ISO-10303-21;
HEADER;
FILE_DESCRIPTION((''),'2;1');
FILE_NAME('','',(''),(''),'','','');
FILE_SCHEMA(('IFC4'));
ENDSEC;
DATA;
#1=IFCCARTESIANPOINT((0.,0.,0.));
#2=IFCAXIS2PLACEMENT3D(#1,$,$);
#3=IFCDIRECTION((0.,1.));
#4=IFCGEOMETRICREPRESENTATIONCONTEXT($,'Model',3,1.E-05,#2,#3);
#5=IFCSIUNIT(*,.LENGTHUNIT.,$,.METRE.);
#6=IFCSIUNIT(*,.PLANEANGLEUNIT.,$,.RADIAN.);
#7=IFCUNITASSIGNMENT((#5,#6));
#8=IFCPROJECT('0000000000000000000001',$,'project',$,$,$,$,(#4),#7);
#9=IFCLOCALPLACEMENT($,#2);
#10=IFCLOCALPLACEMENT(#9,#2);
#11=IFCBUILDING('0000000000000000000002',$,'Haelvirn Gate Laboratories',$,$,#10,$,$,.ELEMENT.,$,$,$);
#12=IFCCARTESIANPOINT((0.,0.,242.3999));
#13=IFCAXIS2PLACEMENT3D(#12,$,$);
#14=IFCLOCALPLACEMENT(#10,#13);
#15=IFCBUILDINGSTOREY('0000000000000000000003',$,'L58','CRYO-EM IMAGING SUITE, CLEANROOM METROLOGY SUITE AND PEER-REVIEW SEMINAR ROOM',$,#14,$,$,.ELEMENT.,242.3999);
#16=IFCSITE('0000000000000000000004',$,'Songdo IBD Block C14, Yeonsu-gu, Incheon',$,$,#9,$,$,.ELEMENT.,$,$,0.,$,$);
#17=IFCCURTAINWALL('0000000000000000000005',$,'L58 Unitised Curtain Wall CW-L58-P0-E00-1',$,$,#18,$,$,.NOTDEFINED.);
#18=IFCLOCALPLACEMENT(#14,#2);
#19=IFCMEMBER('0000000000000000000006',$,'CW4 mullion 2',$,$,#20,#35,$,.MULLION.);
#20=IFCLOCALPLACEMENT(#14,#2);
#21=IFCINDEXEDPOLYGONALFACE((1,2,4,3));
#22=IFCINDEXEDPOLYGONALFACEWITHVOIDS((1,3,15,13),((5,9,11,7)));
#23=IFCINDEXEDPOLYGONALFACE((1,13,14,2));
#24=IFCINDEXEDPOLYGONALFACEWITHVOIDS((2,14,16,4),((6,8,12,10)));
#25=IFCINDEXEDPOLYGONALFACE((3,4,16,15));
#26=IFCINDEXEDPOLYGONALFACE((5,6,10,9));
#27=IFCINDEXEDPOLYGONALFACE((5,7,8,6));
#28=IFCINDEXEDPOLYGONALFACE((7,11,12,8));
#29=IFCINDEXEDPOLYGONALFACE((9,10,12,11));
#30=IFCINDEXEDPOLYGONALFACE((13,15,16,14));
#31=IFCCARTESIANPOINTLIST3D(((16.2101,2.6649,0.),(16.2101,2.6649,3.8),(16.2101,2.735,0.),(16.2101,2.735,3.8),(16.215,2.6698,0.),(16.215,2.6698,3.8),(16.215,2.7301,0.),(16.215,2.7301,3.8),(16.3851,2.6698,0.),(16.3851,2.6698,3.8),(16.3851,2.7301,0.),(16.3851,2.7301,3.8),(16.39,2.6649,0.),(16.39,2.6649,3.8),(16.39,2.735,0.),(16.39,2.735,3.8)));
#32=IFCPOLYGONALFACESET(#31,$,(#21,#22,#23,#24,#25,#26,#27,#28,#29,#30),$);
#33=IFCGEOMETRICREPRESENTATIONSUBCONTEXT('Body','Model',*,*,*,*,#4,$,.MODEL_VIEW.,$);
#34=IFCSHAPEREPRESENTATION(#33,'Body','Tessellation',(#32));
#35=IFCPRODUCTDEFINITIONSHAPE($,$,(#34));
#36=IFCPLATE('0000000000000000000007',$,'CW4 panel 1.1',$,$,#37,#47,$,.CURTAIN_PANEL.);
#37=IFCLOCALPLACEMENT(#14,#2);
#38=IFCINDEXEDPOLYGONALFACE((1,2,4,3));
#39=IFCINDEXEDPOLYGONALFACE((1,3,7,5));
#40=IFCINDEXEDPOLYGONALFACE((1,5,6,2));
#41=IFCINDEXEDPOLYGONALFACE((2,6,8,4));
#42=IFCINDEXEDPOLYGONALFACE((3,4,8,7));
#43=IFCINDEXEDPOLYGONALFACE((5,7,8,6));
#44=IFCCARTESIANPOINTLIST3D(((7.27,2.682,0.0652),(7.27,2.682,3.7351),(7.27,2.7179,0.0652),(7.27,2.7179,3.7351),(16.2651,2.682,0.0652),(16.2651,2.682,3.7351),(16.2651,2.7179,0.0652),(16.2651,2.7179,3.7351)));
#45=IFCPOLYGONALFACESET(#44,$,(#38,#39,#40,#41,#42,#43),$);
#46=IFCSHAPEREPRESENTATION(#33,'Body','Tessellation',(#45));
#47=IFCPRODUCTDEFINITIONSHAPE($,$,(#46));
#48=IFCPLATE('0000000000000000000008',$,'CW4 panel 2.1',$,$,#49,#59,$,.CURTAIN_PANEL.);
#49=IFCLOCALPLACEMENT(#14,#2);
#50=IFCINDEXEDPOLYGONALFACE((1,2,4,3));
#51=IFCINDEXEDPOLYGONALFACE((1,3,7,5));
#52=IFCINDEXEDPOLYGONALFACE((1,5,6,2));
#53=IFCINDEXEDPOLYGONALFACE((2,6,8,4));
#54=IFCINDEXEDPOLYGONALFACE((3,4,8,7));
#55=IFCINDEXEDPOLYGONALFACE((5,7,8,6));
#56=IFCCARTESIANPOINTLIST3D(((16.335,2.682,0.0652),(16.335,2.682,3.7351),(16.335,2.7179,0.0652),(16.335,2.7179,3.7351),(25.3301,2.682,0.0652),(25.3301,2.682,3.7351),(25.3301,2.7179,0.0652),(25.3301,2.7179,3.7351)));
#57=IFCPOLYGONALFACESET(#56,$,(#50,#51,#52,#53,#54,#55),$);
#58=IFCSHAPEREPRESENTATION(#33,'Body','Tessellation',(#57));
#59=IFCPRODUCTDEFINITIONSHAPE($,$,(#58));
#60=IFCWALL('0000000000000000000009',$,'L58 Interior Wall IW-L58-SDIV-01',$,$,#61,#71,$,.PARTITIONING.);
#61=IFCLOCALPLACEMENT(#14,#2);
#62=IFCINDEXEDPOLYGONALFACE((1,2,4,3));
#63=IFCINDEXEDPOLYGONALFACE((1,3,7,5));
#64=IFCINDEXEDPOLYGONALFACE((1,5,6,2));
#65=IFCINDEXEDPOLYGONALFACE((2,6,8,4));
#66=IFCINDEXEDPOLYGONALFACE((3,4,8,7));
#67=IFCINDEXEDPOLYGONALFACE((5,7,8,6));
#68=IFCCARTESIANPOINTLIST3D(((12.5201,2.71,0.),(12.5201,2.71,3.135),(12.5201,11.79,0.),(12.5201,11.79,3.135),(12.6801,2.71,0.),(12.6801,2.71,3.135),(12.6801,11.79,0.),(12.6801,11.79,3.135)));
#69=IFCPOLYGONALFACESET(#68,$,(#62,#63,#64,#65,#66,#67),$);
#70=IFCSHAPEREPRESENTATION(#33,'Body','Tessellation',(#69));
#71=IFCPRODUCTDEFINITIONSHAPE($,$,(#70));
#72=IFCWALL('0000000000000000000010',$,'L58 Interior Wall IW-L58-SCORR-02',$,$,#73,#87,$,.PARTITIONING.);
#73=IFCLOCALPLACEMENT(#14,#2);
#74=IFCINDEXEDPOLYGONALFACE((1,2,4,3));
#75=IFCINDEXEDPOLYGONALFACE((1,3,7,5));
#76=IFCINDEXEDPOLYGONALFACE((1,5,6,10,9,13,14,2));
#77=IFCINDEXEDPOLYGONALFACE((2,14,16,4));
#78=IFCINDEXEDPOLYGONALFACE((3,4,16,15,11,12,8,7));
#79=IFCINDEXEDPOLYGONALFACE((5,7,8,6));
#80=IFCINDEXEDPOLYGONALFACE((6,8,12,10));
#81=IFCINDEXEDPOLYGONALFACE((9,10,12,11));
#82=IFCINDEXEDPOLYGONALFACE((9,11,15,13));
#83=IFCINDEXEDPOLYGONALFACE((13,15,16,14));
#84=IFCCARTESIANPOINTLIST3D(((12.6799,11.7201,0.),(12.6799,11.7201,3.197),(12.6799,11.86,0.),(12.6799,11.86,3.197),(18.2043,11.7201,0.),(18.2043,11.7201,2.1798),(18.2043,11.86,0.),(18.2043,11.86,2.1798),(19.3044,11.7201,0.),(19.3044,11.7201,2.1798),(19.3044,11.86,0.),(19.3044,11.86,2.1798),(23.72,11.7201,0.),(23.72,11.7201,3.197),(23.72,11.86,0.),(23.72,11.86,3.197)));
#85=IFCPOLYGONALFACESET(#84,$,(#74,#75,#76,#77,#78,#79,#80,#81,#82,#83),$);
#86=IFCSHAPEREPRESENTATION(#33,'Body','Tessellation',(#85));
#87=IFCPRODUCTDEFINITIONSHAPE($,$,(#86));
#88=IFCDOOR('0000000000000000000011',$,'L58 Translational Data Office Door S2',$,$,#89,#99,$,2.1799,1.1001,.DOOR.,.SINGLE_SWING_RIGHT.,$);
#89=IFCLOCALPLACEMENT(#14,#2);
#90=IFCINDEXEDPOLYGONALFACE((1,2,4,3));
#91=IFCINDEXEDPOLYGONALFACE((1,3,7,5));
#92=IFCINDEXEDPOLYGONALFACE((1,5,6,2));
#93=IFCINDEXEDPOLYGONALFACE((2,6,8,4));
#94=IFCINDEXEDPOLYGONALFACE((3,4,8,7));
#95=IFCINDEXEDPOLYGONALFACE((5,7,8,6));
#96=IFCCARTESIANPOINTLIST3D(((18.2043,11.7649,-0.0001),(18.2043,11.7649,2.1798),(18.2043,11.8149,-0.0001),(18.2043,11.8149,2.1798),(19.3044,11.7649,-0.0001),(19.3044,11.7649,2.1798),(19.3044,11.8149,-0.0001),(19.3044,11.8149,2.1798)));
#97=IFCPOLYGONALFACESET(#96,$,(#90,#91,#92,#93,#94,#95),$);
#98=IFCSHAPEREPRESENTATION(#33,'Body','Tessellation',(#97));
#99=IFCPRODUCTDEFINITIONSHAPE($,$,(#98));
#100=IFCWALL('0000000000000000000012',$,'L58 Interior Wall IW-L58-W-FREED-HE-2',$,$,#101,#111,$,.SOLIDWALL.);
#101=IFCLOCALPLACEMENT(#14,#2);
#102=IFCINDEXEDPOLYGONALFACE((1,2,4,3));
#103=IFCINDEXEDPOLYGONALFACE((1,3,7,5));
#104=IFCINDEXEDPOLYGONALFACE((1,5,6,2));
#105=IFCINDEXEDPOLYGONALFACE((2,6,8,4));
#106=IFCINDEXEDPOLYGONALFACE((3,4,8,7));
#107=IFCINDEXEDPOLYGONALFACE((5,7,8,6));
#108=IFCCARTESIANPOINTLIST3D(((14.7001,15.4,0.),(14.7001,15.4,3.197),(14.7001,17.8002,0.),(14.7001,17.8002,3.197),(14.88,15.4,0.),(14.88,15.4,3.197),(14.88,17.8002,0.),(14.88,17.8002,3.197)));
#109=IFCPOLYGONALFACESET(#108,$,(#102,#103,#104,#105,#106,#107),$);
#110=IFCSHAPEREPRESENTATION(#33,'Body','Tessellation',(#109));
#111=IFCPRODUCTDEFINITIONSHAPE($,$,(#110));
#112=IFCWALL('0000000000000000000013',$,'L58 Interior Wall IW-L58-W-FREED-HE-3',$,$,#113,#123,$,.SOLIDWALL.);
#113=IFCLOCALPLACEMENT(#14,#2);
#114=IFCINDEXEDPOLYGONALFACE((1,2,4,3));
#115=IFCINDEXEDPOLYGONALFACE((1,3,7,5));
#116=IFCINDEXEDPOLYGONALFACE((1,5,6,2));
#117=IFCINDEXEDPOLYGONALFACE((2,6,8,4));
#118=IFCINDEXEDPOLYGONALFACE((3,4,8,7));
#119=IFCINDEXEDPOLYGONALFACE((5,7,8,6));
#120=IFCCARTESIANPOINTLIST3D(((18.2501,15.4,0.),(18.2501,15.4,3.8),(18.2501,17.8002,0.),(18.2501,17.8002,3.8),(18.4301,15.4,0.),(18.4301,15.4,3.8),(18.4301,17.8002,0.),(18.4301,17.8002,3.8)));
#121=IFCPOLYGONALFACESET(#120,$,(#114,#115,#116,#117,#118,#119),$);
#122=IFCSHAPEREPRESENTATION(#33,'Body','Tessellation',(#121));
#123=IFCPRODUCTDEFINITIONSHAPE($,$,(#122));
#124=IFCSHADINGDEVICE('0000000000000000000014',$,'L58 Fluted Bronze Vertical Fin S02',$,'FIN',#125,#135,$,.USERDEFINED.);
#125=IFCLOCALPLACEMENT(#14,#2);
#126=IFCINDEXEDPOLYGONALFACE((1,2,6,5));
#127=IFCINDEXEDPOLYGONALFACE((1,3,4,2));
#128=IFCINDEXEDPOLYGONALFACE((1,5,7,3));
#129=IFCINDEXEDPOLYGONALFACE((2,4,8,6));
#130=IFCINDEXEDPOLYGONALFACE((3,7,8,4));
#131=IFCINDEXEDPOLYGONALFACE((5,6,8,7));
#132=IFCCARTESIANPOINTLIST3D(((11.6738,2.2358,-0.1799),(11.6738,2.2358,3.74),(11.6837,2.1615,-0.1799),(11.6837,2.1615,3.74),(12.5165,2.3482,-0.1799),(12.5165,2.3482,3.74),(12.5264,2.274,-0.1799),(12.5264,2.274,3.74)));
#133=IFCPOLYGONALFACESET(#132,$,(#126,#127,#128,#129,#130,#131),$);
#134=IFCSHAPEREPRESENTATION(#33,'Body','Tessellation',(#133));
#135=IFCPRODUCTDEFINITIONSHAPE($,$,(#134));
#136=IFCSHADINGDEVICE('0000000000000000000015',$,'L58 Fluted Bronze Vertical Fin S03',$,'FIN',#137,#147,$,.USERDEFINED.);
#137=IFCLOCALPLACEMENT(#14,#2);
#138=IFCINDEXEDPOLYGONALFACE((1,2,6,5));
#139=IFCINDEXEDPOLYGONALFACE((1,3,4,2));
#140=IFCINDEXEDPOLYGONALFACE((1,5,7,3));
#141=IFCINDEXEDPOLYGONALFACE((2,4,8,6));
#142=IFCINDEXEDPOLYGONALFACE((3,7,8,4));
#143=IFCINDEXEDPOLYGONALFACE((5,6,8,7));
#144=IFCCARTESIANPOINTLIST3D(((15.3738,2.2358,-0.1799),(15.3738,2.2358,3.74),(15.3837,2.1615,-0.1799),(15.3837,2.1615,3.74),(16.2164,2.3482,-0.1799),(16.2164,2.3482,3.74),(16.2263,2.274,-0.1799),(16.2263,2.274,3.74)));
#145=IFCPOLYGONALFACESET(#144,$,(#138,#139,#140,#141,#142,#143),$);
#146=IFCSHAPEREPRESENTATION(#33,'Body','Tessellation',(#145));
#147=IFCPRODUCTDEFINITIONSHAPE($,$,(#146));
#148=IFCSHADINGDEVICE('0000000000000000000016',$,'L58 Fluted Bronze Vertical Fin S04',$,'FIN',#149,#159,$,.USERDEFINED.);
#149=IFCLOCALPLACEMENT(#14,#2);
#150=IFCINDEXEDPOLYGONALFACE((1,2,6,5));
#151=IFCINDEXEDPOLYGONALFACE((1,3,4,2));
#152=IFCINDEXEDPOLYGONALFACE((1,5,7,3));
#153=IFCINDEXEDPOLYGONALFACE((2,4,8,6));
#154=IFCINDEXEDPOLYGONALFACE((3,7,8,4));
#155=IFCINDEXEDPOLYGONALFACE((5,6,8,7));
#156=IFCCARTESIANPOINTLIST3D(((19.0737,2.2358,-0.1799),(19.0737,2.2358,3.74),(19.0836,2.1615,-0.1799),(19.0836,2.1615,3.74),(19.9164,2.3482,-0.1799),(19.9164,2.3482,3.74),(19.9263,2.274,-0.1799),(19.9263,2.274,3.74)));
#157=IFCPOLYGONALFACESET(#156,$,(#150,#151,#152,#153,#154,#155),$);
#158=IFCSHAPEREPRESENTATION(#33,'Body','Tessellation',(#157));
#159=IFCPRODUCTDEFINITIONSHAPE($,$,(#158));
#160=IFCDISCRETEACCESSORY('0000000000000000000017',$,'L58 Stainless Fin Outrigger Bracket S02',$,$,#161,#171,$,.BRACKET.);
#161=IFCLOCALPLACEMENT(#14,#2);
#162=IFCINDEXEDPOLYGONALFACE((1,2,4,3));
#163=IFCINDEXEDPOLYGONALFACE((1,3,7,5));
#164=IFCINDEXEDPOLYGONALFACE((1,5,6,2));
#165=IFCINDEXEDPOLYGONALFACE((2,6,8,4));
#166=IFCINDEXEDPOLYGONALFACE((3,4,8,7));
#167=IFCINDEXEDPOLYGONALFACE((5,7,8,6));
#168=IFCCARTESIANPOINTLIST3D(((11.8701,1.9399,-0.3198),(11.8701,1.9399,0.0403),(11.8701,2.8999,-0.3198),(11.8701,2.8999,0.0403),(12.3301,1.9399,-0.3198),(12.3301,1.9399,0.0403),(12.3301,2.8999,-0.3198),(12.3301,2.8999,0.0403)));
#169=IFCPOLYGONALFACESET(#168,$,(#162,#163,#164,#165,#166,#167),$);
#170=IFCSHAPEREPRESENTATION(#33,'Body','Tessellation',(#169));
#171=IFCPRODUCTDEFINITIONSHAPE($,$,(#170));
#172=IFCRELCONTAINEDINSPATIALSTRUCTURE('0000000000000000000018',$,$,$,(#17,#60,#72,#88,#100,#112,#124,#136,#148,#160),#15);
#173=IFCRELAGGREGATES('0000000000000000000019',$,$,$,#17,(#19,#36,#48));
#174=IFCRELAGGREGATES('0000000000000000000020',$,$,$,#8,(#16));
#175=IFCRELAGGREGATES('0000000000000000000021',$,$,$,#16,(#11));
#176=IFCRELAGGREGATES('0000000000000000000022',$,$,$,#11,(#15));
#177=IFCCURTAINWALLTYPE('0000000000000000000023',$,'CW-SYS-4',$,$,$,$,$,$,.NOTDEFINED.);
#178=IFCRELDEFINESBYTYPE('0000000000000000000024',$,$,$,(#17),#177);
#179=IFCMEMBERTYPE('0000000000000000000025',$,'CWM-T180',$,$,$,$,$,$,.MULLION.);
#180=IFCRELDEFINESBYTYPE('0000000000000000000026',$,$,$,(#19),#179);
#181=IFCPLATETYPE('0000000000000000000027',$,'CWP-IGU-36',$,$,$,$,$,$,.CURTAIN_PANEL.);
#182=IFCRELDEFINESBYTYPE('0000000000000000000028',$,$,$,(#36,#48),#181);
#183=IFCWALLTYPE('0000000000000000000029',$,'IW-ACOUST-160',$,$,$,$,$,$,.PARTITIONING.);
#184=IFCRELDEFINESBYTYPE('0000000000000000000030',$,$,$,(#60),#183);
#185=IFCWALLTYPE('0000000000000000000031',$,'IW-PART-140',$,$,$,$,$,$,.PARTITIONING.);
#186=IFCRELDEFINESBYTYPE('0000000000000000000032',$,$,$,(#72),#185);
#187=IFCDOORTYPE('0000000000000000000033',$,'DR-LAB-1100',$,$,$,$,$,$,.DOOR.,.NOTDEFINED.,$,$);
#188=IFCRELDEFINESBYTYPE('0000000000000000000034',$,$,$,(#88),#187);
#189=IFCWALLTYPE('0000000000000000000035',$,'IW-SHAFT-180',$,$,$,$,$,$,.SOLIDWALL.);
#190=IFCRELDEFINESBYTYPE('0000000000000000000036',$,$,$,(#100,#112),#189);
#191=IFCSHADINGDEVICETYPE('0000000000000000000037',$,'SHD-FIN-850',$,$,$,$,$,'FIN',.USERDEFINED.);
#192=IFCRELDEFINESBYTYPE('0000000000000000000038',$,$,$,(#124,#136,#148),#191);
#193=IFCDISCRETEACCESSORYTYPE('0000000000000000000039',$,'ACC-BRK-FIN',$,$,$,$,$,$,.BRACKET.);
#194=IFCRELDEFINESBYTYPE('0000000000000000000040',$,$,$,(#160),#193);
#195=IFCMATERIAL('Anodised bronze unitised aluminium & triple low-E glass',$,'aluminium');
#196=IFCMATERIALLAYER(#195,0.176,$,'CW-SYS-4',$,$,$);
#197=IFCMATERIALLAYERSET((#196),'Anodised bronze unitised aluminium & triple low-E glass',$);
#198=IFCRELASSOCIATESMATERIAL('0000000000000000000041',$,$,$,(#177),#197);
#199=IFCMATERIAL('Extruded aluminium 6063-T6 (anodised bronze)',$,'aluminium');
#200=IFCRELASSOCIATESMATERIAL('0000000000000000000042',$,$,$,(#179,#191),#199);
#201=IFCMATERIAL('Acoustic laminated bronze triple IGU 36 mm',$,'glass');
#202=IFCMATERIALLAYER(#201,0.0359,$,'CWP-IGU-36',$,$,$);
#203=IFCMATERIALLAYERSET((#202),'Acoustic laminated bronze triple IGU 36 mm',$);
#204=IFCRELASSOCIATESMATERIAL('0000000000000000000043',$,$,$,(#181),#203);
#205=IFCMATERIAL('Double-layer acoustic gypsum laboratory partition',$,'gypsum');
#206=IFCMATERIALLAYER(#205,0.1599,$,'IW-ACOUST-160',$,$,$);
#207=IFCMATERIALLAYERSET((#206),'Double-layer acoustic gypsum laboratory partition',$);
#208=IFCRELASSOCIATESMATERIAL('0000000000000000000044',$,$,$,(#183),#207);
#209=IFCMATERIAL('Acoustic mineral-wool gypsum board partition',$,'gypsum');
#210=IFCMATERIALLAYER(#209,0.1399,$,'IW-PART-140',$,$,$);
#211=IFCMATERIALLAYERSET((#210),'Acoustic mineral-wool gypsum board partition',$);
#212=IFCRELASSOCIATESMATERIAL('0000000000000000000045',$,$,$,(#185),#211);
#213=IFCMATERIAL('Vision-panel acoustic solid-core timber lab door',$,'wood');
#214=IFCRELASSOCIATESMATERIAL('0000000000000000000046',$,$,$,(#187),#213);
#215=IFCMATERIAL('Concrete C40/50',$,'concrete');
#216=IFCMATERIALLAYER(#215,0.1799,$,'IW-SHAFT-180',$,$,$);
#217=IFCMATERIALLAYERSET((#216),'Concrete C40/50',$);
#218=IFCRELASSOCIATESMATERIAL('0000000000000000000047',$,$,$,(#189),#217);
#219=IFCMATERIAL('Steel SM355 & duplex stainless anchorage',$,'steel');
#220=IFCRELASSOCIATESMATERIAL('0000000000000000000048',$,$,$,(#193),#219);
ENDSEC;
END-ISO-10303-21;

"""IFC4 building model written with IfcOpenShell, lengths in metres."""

from ifc_helpers import new_model, si_unit, direction, frame, frame_2d, origin, origin_2d, place, context, subcontext, project, spatial, rectangle, hollow_rectangle, extrude, source, transform, mapped, material, layer, layer_set, material_profile, profile_set, type_object, type_shapes, element, fill, aggregate, save


model = new_model("IFC4")

# Units and contexts
model_context = context("Model", 3, precision=1e-05, world=origin(), true_north=direction((0.0, 1.0)))
body_context = subcontext(model_context, "Body", "Model", "MODEL_VIEW")
ifc_project = project(units=[si_unit("LENGTHUNIT", "METRE"), si_unit("PLANEANGLEUNIT", "RADIAN")], contexts=[model_context])

# Site, building, storey
site_placement = place(None, origin())
site = spatial("IfcSite", under=ifc_project, at=site_placement, Name="Songdo IBD Block C14, Yeonsu-gu, Incheon", CompositionType="ELEMENT", RefElevation=0.0)
building_placement = place(site_placement, origin())
building = spatial("IfcBuilding", under=site, at=building_placement, Name="Haelvirn Gate Laboratories", CompositionType="ELEMENT")
storey_placement = place(building_placement, frame((0.0, 0.0, 242.3999)))
storey = spatial("IfcBuildingStorey", under=building, at=storey_placement, Name="L58", Description="CRYO-EM IMAGING SUITE, CLEANROOM METROLOGY SUITE AND PEER-REVIEW SEMINAR ROOM", CompositionType="ELEMENT", Elevation=242.3999)

# Curtain wall, member, plates
ifc_material_1 = material(Name="Anodised bronze unitised aluminium & triple low-E glass", Category="aluminium")
ifc_layer_1 = layer(ifc_material_1, 0.176, Name="CW-SYS-4")
ifc_layer_set_1 = layer_set([ifc_layer_1], Name="Anodised bronze unitised aluminium & triple low-E glass")
curtain_wall_type = type_object("IfcCurtainWallType", Name="CW-SYS-4", PredefinedType="NOTDEFINED", material=ifc_layer_set_1)
curtain_wall_placement = place(storey_placement, origin())
curtain_wall = element("IfcCurtainWall", 1, at=curtain_wall_placement, inside=storey, type_object=curtain_wall_type, Name="L58 Unitised Curtain Wall CW-L58-P0-E00-1", PredefinedType="NOTDEFINED")
ifc_material_2 = material(Name="Extruded aluminium 6063-T6 (anodised bronze)", Category="aluminium")
ifc_material_profile_1 = material_profile(ifc_material_2, hollow_rectangle(XDim=0.0701, YDim=0.1799, WallThickness=0.0049, at=origin_2d()), Name="CWM-180x70x5")
ifc_profile_set_1 = profile_set([ifc_material_profile_1], Name="Extruded aluminium 6063-T6 (anodised bronze)")
member_type_1 = type_object("IfcMemberType", Name="CWM-T180", PredefinedType="MULLION", material=ifc_profile_set_1)
shared_shape_1 = source(origin(), body_context, "Body", "SweptSolid", [
    extrude(hollow_rectangle(XDim=0.0701, YDim=0.1799, WallThickness=0.0049, at=origin_2d()), origin(), (0.0, 0.0, 1.0), 3.8),
])
type_shapes(member_type_1, [shared_shape_1])
member_1_placement = place(storey_placement, frame((16.3, 2.7, 0.0), z_axis=(0.0, 0.0, 1.0), x_axis=(0.0, 1.0, 0.0)))
member_1 = element("IfcMember", 2, at=member_1_placement, type_object=member_type_1, Name="CW4 mullion 2", PredefinedType="MULLION", context=body_context, shape_type="MappedRepresentation", body=[
    mapped(shared_shape_1, transform((0.0, 0.0, 0.0), scale=1.0)),
])
ifc_material_3 = material(Name="Acoustic laminated bronze triple IGU 36 mm", Category="glass")
ifc_layer_2 = layer(ifc_material_3, 0.0359, Name="CWP-IGU-36")
ifc_layer_set_2 = layer_set([ifc_layer_2], Name="Acoustic laminated bronze triple IGU 36 mm")
plate_type = type_object("IfcPlateType", Name="CWP-IGU-36", PredefinedType="CURTAIN_PANEL", material=ifc_layer_set_2)
shared_shape_2 = source(origin(), body_context, "Body", "SweptSolid", [
    extrude(rectangle(XDim=8.9951, YDim=0.0359, at=origin_2d()), origin(), (0.0, 0.0, 1.0), 3.6699),
])
type_shapes(plate_type, [shared_shape_2])
plate_1_placement = place(storey_placement, frame((11.7676, 2.7, 0.0652), z_axis=(0.0, 0.0, 1.0), x_axis=(1.0, 0.0, 0.0)))
plate_1 = element("IfcPlate", 3, at=plate_1_placement, type_object=plate_type, Name="CW4 panel 1.1", PredefinedType="CURTAIN_PANEL", context=body_context, shape_type="MappedRepresentation", body=[
    mapped(shared_shape_2, transform((0.0, 0.0, 0.0), scale=1.0)),
])
plate_2_placement = place(storey_placement, frame((20.8325, 2.7, 0.0652), z_axis=(0.0, 0.0, 1.0), x_axis=(1.0, 0.0, 0.0)))
plate_2 = element("IfcPlate", 4, at=plate_2_placement, type_object=plate_type, Name="CW4 panel 2.1", PredefinedType="CURTAIN_PANEL", context=body_context, shape_type="MappedRepresentation", body=[
    mapped(shared_shape_2, transform((0.0, 0.0, 0.0), scale=1.0)),
])
aggregate(curtain_wall, [member_1, plate_1, plate_2])

# Wall
ifc_material_4 = material(Name="Double-layer acoustic gypsum laboratory partition", Category="gypsum")
ifc_layer_3 = layer(ifc_material_4, 0.1599, Name="IW-ACOUST-160")
ifc_layer_set_3 = layer_set([ifc_layer_3], Name="Double-layer acoustic gypsum laboratory partition")
wall_type_1 = type_object("IfcWallType", Name="IW-ACOUST-160", PredefinedType="PARTITIONING", material=ifc_layer_set_3)
wall_1_placement = place(storey_placement, frame((12.6001, 2.71, 0.0), z_axis=(0.0, 0.0, 1.0), x_axis=(0.0, 1.0, 0.0)))
element("IfcWall", 5, at=wall_1_placement, inside=storey, type_object=wall_type_1, Name="L58 Interior Wall IW-L58-SDIV-01", PredefinedType="PARTITIONING", context=body_context, shape_type="SweptSolid", body=[
    extrude(rectangle(XDim=9.0801, YDim=0.1599, at=frame_2d((4.54, 0.0))), origin(), (0.0, 0.0, 1.0), 3.135),
])

# Wall, opening, door
ifc_material_5 = material(Name="Acoustic mineral-wool gypsum board partition", Category="gypsum")
ifc_layer_4 = layer(ifc_material_5, 0.1399, Name="IW-PART-140")
ifc_layer_set_4 = layer_set([ifc_layer_4], Name="Acoustic mineral-wool gypsum board partition")
wall_type_2 = type_object("IfcWallType", Name="IW-PART-140", PredefinedType="PARTITIONING", material=ifc_layer_set_4)
wall_2_placement = place(storey_placement, frame((12.6799, 11.79, 0.0), z_axis=(0.0, 0.0, 1.0), x_axis=(1.0, 0.0, 0.0)))
wall_2 = element("IfcWall", 6, at=wall_2_placement, inside=storey, type_object=wall_type_2, Name="L58 Interior Wall IW-L58-SCORR-02", PredefinedType="PARTITIONING", context=body_context, shape_type="SweptSolid", body=[
    extrude(rectangle(XDim=11.04, YDim=0.1399, at=frame_2d((5.52, 0.0))), origin(), (0.0, 0.0, 1.0), 3.197),
])
opening_1_placement = place(wall_2_placement, frame((5.5244, 0.0, 0.0)))
opening_1 = element("IfcOpeningElement", 7, at=opening_1_placement, cuts=wall_2, PredefinedType="OPENING", context=body_context, shape_type="SweptSolid", body=[
    extrude(rectangle(XDim=1.1001, YDim=2.1799, at=frame_2d((0.55, 1.0898))), frame((0.0, 0.0801, 0.0), z_axis=(0.0, -1.0, 0.0), x_axis=(1.0, 0.0, 0.0)), (0.0, 0.0, 1.0), 0.1599),
])
ifc_material_6 = material(Name="Vision-panel acoustic solid-core timber lab door", Category="wood")
door_type_1 = type_object("IfcDoorType", Name="DR-LAB-1100", OperationType="NOTDEFINED", PredefinedType="DOOR", material=ifc_material_6)
shared_shape_3 = source(origin(), body_context, "Body", "SweptSolid", [
    extrude(rectangle(XDim=1.1001, YDim=2.1799, at=frame_2d((0.55, 1.0898))), frame((0.0, 0.0249, 0.0), z_axis=(0.0, -1.0, 0.0), x_axis=(1.0, 0.0, 0.0)), (0.0, 0.0, 1.0), 0.05),
])
type_shapes(door_type_1, [shared_shape_3])
door_1_placement = place(opening_1_placement, origin())
door_1 = element("IfcDoor", 8, at=door_1_placement, inside=storey, type_object=door_type_1, Name="L58 Translational Data Office Door S2", OperationType="SINGLE_SWING_RIGHT", OverallHeight=2.1799, OverallWidth=1.1001, PredefinedType="DOOR", context=body_context, shape_type="MappedRepresentation", body=[
    mapped(shared_shape_3, transform((0.0, 0.0, 0.0), scale=1.0)),
])
fill(opening_1, door_1)

# Wall
ifc_material_7 = material(Name="Concrete C40/50", Category="concrete")
ifc_layer_5 = layer(ifc_material_7, 0.1799, Name="IW-SHAFT-180")
ifc_layer_set_5 = layer_set([ifc_layer_5], Name="Concrete C40/50")
wall_type_3 = type_object("IfcWallType", Name="IW-SHAFT-180", PredefinedType="SOLIDWALL", material=ifc_layer_set_5)
wall_3_placement = place(storey_placement, frame((14.79, 15.3999, 0.0), z_axis=(0.0, 0.0, 1.0), x_axis=(0.0, 1.0, 0.0)))
element("IfcWall", 9, at=wall_3_placement, inside=storey, type_object=wall_type_3, Name="L58 Interior Wall IW-L58-W-FREED-HE-2", PredefinedType="SOLIDWALL", context=body_context, shape_type="SweptSolid", body=[
    extrude(rectangle(XDim=2.4001, YDim=0.1799, at=frame_2d((1.2002, 0.0))), origin(), (0.0, 0.0, 1.0), 3.197),
])

# Wall
wall_4_placement = place(storey_placement, frame((18.3401, 15.3999, 0.0), z_axis=(0.0, 0.0, 1.0), x_axis=(0.0, 1.0, 0.0)))
element("IfcWall", 10, at=wall_4_placement, inside=storey, type_object=wall_type_3, Name="L58 Interior Wall IW-L58-W-FREED-HE-3", PredefinedType="SOLIDWALL", context=body_context, shape_type="SweptSolid", body=[
    extrude(rectangle(XDim=2.4001, YDim=0.1799, at=frame_2d((1.2002, 0.0))), origin(), (0.0, 0.0, 1.0), 3.8),
])

# Shading devices
ifc_material_profile_2 = material_profile(ifc_material_2, rectangle(XDim=0.075, YDim=0.8501, at=origin_2d()), Name="FIN-850x75")
ifc_profile_set_2 = profile_set([ifc_material_profile_2], Name="Extruded aluminium 6063-T6 (anodised bronze)")
shading_device_type = type_object("IfcShadingDeviceType", Name="SHD-FIN-850", ElementType="FIN", PredefinedType="USERDEFINED", material=ifc_profile_set_2)
shared_shape_4 = source(origin(), body_context, "Body", "SweptSolid", [
    extrude(rectangle(XDim=0.075, YDim=0.8501, at=origin_2d()), origin(), (0.0, 0.0, 1.0), 3.9199),
])
type_shapes(shading_device_type, [shared_shape_4])
for number, where, z_axis, x_axis, name in (
    (11, (12.1001, 2.2549, -0.1799), (0.0, 0.0, 1.0), (-0.132256, 0.991216, 0.0), "L58 Fluted Bronze Vertical Fin S02"),
    (12, (15.8, 2.2549, -0.1799), (0.0, 0.0, 1.0), (-0.132256, 0.991216, 0.0), "L58 Fluted Bronze Vertical Fin S03"),
    (13, (19.5, 2.2549, -0.1799), (0.0, 0.0, 1.0), (-0.132256, 0.991216, 0.0), "L58 Fluted Bronze Vertical Fin S04"),
):
    element("IfcShadingDevice", number, at=place(storey_placement, frame(where, z_axis=z_axis, x_axis=x_axis)), inside=storey, type_object=shading_device_type, Name=name, ObjectType="FIN", PredefinedType="USERDEFINED", context=body_context, shape_type="MappedRepresentation", body=[
        mapped(shared_shape_4, transform((0.0, 0.0, 0.0), scale=1.0)),
    ])

# Discrete accessory
ifc_material_8 = material(Name="Steel SM355 & duplex stainless anchorage", Category="steel")
discrete_accessory_type = type_object("IfcDiscreteAccessoryType", Name="ACC-BRK-FIN", PredefinedType="BRACKET", material=ifc_material_8)
shared_shape_5 = source(origin(), body_context, "Body", "SweptSolid", [
    extrude(rectangle(XDim=0.46, YDim=0.96, at=origin_2d()), origin(), (0.0, 0.0, 1.0), 0.3601),
])
type_shapes(discrete_accessory_type, [shared_shape_5])
for number, where, z_axis, x_axis, name in (
    (14, (12.1001, 2.4199, -0.3198), (0.0, 0.0, 1.0), (1.0, 0.0, 0.0), "L58 Stainless Fin Outrigger Bracket S02"),
):
    element("IfcDiscreteAccessory", number, at=place(storey_placement, frame(where, z_axis=z_axis, x_axis=x_axis)), inside=storey, type_object=discrete_accessory_type, Name=name, PredefinedType="BRACKET", context=body_context, shape_type="MappedRepresentation", body=[
        mapped(shared_shape_5, transform((0.0, 0.0, 0.0), scale=1.0)),
    ])

save(model, "model.ifc")
